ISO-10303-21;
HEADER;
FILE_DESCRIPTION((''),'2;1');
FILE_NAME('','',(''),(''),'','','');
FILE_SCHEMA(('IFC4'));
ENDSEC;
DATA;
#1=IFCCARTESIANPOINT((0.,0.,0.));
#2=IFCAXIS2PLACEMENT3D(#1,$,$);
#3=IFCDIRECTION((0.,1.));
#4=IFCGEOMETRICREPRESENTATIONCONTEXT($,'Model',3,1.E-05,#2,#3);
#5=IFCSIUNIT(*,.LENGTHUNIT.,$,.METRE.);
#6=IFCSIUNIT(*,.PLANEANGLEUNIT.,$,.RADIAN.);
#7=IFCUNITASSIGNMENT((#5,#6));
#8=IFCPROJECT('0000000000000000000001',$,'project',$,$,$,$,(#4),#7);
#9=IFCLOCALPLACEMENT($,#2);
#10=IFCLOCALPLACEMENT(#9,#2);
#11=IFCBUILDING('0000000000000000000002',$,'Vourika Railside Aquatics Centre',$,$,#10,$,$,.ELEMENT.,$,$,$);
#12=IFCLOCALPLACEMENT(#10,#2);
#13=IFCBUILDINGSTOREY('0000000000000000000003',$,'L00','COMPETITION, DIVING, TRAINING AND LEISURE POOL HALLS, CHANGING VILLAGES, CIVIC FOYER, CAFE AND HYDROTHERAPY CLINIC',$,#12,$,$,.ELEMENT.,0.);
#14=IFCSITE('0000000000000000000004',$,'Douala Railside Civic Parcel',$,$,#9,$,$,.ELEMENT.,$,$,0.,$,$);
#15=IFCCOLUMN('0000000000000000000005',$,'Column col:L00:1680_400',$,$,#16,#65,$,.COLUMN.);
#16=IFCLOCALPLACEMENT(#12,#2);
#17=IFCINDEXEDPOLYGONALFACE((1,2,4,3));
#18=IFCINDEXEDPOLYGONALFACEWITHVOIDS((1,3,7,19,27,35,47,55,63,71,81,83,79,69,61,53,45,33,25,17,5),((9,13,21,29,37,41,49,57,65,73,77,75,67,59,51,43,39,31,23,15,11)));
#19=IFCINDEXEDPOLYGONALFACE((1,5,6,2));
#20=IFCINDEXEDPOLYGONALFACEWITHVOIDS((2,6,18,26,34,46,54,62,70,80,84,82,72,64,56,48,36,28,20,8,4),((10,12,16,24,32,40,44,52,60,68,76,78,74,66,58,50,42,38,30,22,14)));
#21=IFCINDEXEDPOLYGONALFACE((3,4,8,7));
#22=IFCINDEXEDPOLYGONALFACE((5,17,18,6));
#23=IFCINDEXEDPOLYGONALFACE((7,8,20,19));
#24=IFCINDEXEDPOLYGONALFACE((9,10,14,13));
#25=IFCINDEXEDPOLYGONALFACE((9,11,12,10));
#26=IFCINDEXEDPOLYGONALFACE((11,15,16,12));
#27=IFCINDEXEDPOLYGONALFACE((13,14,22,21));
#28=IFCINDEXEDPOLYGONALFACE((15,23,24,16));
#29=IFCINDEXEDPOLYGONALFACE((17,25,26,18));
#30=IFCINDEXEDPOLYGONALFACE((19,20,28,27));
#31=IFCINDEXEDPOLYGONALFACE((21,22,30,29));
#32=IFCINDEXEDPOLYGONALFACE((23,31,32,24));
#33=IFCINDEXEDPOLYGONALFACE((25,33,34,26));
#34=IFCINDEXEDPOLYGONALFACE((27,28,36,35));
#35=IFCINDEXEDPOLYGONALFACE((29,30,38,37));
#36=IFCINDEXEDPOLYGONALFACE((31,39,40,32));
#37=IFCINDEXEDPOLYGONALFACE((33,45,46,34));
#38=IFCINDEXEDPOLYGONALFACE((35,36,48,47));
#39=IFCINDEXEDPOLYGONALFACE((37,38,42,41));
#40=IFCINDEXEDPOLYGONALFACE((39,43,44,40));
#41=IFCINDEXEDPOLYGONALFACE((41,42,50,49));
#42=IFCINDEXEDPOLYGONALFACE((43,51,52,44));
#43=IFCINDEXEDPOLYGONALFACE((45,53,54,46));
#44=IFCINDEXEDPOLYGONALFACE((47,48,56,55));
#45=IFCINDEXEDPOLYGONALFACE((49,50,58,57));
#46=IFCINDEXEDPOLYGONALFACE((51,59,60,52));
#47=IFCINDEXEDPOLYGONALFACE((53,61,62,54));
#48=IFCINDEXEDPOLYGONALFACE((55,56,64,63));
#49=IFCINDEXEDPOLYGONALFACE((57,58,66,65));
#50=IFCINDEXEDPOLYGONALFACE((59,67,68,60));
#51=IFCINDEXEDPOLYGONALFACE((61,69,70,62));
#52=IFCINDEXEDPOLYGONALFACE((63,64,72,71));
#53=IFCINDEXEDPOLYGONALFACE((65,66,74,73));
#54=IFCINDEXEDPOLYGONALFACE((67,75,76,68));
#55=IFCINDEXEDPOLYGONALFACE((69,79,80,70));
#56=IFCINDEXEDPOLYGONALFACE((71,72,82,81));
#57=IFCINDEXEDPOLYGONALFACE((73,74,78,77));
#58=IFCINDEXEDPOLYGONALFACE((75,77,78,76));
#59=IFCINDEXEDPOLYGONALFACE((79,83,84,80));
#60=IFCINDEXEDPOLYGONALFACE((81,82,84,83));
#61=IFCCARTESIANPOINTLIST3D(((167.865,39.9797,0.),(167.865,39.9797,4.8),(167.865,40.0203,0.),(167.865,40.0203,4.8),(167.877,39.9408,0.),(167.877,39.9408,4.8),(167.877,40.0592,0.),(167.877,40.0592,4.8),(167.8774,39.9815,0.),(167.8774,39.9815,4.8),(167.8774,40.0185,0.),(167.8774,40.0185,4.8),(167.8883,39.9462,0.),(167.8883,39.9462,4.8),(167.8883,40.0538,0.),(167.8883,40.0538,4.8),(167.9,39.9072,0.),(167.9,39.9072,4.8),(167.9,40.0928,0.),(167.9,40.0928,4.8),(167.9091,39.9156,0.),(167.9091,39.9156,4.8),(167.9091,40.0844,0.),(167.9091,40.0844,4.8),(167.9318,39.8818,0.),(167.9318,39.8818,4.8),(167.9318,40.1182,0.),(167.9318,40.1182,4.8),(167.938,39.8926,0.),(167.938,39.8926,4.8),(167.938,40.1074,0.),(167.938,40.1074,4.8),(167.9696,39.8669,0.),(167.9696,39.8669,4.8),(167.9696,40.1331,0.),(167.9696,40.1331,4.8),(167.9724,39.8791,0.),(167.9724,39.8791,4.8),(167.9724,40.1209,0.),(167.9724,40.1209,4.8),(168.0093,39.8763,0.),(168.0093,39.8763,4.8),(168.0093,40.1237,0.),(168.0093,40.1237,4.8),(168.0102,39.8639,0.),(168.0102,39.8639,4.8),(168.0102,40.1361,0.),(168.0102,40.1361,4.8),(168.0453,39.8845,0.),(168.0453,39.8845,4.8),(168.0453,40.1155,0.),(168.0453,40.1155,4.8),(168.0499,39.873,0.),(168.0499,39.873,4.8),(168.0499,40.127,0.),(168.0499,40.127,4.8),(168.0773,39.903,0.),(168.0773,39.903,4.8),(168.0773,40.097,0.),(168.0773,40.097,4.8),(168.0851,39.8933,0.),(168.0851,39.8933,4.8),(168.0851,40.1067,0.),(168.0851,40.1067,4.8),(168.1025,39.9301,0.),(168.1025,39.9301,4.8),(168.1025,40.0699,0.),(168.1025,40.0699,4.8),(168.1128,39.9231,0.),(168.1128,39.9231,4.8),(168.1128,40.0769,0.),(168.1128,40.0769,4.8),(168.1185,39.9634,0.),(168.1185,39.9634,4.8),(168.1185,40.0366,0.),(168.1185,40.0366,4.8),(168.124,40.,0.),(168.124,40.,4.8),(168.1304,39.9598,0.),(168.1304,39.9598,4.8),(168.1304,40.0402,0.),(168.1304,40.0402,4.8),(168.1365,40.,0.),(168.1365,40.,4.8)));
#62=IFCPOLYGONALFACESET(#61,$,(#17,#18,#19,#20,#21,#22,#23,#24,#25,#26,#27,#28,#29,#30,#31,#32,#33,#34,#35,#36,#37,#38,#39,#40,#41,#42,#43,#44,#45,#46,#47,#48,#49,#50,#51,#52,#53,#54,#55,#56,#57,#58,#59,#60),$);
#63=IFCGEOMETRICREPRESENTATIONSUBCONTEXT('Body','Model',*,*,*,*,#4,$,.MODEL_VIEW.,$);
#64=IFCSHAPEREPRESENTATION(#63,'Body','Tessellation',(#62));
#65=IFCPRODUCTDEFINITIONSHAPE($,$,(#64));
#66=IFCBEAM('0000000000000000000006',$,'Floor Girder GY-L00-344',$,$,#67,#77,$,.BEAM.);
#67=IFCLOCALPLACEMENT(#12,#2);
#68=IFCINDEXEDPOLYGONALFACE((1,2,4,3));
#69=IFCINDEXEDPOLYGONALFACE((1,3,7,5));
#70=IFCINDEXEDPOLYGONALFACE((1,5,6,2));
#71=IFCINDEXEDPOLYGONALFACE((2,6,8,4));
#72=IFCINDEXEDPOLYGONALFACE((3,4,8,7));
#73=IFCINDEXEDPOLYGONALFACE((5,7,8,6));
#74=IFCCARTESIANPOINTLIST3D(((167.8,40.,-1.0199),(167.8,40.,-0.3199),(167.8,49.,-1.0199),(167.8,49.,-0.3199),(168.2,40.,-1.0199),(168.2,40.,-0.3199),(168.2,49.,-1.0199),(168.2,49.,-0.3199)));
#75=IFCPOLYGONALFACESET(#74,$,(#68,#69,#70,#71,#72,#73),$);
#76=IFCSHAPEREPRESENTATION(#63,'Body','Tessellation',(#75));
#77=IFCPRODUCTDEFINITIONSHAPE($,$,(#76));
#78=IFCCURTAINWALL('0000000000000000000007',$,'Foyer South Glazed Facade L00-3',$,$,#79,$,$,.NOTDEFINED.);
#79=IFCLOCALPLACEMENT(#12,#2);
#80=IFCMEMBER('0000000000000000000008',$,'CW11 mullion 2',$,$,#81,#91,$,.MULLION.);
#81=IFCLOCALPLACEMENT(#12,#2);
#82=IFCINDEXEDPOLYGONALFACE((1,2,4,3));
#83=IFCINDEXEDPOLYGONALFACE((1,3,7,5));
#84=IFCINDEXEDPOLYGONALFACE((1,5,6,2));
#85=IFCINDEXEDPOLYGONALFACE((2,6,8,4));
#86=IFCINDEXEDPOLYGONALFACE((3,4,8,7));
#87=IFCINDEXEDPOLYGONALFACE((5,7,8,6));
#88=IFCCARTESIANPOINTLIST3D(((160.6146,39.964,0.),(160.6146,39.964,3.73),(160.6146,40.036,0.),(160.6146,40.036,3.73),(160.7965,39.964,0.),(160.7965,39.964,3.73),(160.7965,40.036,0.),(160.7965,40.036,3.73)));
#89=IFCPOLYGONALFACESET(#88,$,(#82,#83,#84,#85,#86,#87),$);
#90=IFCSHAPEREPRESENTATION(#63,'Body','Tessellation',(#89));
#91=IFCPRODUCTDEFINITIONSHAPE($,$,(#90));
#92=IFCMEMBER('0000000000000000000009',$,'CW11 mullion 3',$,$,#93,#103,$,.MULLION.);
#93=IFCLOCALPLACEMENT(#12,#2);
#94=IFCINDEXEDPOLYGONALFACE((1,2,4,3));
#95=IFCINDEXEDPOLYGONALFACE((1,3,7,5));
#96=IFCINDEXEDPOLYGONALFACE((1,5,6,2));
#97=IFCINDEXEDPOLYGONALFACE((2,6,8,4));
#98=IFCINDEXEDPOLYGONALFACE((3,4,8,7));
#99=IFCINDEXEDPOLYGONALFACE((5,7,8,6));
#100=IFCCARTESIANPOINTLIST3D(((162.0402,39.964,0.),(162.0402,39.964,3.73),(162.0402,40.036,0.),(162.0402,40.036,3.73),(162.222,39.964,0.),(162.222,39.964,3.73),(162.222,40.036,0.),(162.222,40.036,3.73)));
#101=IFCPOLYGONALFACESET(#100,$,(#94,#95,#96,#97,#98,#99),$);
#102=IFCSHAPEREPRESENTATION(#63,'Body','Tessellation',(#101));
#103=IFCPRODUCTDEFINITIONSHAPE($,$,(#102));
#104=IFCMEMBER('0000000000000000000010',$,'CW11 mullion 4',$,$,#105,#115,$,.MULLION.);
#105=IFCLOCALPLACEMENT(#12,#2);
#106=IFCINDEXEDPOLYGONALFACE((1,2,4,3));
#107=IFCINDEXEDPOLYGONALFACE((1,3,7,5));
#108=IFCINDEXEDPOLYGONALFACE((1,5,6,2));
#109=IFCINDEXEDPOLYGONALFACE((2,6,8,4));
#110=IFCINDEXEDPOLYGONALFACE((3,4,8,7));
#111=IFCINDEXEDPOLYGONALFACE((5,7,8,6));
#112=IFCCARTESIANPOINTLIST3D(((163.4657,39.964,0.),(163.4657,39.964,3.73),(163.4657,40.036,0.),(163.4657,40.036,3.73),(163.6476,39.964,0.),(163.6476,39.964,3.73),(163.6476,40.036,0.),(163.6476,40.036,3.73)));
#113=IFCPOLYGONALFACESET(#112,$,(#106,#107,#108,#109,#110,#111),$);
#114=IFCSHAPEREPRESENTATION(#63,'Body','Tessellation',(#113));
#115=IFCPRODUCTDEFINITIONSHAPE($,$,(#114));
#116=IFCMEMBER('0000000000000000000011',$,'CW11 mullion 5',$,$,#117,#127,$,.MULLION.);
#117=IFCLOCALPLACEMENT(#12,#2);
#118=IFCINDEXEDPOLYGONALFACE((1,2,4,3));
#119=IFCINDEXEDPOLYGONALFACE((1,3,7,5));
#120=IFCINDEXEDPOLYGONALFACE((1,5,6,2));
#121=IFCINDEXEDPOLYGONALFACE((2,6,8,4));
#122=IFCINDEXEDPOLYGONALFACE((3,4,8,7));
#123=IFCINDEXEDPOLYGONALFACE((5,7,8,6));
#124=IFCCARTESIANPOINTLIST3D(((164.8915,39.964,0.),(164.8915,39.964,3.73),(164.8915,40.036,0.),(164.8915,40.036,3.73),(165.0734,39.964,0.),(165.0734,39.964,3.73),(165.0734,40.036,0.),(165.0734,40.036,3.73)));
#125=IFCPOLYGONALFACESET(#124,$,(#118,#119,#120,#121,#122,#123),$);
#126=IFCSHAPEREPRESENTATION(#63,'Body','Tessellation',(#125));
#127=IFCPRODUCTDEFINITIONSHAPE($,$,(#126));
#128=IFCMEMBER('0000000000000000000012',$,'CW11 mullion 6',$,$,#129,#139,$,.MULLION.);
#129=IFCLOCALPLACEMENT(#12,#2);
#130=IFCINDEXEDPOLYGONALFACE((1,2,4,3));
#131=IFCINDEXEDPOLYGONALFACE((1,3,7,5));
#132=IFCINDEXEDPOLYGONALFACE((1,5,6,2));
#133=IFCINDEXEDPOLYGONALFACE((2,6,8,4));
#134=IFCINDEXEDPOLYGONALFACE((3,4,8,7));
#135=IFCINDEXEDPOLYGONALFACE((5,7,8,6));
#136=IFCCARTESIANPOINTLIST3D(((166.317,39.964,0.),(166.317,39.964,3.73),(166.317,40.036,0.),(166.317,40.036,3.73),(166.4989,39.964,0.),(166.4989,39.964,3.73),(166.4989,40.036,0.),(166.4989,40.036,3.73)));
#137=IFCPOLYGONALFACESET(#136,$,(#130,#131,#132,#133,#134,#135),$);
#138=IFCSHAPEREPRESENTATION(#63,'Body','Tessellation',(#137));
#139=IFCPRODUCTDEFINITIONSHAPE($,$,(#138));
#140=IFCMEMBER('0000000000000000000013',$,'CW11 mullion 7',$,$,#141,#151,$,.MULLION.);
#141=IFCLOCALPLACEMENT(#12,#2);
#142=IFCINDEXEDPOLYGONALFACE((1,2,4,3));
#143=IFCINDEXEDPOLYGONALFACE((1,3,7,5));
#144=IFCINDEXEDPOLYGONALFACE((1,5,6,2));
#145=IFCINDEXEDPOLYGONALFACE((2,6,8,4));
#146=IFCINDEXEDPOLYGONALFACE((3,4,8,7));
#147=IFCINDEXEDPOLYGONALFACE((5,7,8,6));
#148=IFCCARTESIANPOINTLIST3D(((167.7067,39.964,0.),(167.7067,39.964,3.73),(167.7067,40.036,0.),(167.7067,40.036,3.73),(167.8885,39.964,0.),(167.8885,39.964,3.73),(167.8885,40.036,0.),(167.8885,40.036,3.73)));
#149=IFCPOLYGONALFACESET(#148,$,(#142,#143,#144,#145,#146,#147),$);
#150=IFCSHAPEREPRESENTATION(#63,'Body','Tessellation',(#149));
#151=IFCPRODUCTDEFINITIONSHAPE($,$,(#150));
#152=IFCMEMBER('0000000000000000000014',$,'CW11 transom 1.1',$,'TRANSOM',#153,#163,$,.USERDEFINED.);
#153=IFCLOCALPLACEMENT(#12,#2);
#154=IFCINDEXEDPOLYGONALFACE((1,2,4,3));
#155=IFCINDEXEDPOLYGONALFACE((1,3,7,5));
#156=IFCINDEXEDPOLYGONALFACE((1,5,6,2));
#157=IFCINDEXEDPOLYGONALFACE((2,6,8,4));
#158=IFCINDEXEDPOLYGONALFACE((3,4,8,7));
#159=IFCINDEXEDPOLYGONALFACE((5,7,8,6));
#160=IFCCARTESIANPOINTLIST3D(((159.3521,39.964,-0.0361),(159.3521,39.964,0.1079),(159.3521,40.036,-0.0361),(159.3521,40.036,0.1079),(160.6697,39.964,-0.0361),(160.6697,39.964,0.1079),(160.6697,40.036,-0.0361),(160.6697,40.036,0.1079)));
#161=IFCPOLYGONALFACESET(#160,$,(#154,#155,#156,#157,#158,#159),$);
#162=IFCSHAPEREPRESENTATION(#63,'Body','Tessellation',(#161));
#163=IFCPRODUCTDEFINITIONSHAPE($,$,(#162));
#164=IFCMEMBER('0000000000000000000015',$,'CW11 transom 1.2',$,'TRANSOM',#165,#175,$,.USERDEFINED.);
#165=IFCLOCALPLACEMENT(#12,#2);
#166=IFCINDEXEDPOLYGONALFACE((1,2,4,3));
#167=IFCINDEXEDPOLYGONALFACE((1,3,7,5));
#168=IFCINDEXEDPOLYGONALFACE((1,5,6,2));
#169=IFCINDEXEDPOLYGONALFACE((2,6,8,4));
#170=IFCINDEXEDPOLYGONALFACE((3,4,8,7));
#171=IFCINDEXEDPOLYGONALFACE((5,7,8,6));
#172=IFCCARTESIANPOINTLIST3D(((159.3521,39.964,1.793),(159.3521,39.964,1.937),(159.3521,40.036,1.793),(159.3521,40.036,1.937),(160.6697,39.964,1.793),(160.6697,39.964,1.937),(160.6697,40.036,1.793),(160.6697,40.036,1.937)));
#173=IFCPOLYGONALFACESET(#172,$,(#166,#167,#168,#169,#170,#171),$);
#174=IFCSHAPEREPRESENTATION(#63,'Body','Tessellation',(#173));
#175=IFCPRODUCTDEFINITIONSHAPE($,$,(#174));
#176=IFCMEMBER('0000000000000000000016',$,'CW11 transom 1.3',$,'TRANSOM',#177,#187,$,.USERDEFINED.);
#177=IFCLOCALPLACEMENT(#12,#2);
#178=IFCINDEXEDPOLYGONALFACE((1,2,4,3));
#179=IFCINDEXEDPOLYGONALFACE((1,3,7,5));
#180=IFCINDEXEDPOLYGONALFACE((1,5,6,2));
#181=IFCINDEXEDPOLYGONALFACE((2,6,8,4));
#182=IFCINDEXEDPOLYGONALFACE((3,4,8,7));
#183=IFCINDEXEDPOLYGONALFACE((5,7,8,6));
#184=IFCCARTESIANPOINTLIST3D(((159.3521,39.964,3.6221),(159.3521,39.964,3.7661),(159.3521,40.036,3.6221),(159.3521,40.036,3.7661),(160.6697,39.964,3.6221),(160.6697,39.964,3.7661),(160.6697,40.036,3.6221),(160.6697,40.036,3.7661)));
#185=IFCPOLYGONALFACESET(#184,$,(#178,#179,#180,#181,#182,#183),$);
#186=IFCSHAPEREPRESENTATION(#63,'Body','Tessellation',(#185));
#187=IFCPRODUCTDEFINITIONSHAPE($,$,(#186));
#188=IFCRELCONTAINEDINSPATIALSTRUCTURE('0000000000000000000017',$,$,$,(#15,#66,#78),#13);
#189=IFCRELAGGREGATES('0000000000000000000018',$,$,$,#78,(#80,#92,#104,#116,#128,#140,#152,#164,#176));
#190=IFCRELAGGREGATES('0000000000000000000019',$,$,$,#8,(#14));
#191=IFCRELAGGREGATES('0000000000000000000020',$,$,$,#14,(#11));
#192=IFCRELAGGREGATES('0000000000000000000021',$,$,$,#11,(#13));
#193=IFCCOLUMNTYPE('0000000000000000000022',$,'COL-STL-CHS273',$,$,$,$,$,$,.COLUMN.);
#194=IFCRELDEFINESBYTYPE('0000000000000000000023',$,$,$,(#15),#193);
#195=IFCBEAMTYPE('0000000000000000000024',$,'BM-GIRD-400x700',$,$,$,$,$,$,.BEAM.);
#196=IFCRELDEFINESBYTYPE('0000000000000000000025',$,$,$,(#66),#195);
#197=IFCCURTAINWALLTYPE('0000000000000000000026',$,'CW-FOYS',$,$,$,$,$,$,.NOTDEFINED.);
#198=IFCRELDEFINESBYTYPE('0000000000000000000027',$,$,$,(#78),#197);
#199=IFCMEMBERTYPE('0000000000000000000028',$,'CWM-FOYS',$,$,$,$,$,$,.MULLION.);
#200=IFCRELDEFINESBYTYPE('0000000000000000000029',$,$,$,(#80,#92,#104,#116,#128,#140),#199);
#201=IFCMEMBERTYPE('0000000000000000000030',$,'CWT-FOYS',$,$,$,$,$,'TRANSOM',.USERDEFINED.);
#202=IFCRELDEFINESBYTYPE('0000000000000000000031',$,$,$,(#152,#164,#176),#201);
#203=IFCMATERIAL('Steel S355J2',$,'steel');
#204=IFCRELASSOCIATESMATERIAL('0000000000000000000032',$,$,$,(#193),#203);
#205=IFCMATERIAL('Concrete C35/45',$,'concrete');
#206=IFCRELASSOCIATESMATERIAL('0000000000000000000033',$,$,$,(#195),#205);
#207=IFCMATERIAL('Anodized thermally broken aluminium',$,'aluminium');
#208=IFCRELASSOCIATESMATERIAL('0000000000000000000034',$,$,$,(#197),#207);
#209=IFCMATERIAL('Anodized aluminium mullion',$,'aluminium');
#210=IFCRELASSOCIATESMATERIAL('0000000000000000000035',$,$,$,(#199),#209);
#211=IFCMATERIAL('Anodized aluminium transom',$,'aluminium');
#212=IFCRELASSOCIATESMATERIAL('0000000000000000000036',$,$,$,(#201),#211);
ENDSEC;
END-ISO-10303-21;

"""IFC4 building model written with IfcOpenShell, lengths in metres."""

from ifc_helpers import new_model, si_unit, direction, frame, origin, origin_2d, place, context, subcontext, project, spatial, rectangle, hollow_circle, extrude, material, material_profile, profile_set, type_object, element, aggregate, save


model = new_model("IFC4")

# Units and contexts
model_context = context("Model", 3, precision=1e-05, world=origin(), true_north=direction((0.0, 1.0)))
body_context = subcontext(model_context, "Body", "Model", "MODEL_VIEW")
ifc_project = project(units=[si_unit("LENGTHUNIT", "METRE"), si_unit("PLANEANGLEUNIT", "RADIAN")], contexts=[model_context])

# Site, building, storey
site_placement = place(None, origin())
site = spatial("IfcSite", under=ifc_project, at=site_placement, Name="Douala Railside Civic Parcel", CompositionType="ELEMENT", RefElevation=0.0)
building_placement = place(site_placement, origin())
building = spatial("IfcBuilding", under=site, at=building_placement, Name="Vourika Railside Aquatics Centre", CompositionType="ELEMENT")
storey_placement = place(building_placement, origin())
storey = spatial("IfcBuildingStorey", under=building, at=storey_placement, Name="L00", Description="COMPETITION, DIVING, TRAINING AND LEISURE POOL HALLS, CHANGING VILLAGES, CIVIC FOYER, CAFE AND HYDROTHERAPY CLINIC", CompositionType="ELEMENT", Elevation=0.0)

# Column
ifc_material_1 = material(Name="Steel S355J2", Category="steel")
ifc_material_profile_1 = material_profile(ifc_material_1, hollow_circle(Radius=0.1365, WallThickness=0.0125, at=origin_2d()), Name="CHS 273x12.5")
ifc_profile_set_1 = profile_set([ifc_material_profile_1], Name="Steel S355J2")
column_type = type_object("IfcColumnType", Name="COL-STL-CHS273", PredefinedType="COLUMN", material=ifc_profile_set_1)
column_placement = place(storey_placement, frame((168.0, 40.0, 0.0), z_axis=(0.0, 0.0, 1.0), x_axis=(1.0, 0.0, 0.0)))
element("IfcColumn", 1, at=column_placement, inside=storey, type_object=column_type, Name="Column col:L00:1680_400", PredefinedType="COLUMN", context=body_context, shape_type="SweptSolid", body=[
    extrude(hollow_circle(Radius=0.1365, WallThickness=0.0125, at=origin_2d()), origin(), (0.0, 0.0, 1.0), 4.8),
])

# Beam
ifc_material_2 = material(Name="Concrete C35/45", Category="concrete")
ifc_material_profile_2 = material_profile(ifc_material_2, rectangle(XDim=0.3999, YDim=0.7, at=origin_2d()), Name="RC 400x700")
ifc_profile_set_2 = profile_set([ifc_material_profile_2], Name="Concrete C35/45")
beam_type = type_object("IfcBeamType", Name="BM-GIRD-400x700", PredefinedType="BEAM", material=ifc_profile_set_2)
beam_placement = place(storey_placement, frame((168.0, 40.0, -0.6699), z_axis=(0.0, 1.0, 0.0), x_axis=(-1.0, 0.0, 0.0)))
element("IfcBeam", 2, at=beam_placement, inside=storey, type_object=beam_type, Name="Floor Girder GY-L00-344", PredefinedType="BEAM", context=body_context, shape_type="SweptSolid", body=[
    extrude(rectangle(XDim=0.3999, YDim=0.7, at=origin_2d()), origin(), (0.0, 0.0, 1.0), 9.0),
])

# Curtain wall, members
ifc_material_3 = material(Name="Anodized thermally broken aluminium", Category="aluminium")
curtain_wall_type = type_object("IfcCurtainWallType", Name="CW-FOYS", PredefinedType="NOTDEFINED", material=ifc_material_3)
curtain_wall_placement = place(storey_placement, origin())
curtain_wall = element("IfcCurtainWall", 3, at=curtain_wall_placement, inside=storey, type_object=curtain_wall_type, Name="Foyer South Glazed Facade L00-3", PredefinedType="NOTDEFINED")
ifc_material_4 = material(Name="Anodized aluminium mullion", Category="aluminium")
ifc_material_profile_3 = material_profile(ifc_material_4, rectangle(XDim=0.072, YDim=0.1819, at=origin_2d()), Name="ALU-M 72x182")
ifc_profile_set_3 = profile_set([ifc_material_profile_3], Name="Anodized aluminium mullion")
member_type_1 = type_object("IfcMemberType", Name="CWM-FOYS", PredefinedType="MULLION", material=ifc_profile_set_3)
member_1_placement = place(storey_placement, frame((160.7056, 40.0, 0.0), z_axis=(0.0, 0.0, 1.0), x_axis=(0.0, 1.0, 0.0)))
member_1 = element("IfcMember", 4, at=member_1_placement, type_object=member_type_1, Name="CW11 mullion 2", PredefinedType="MULLION", context=body_context, shape_type="SweptSolid", body=[
    extrude(rectangle(XDim=0.072, YDim=0.1819, at=origin_2d()), origin(), (0.0, 0.0, 1.0), 3.73),
])
member_2_placement = place(storey_placement, frame((162.1311, 40.0, 0.0), z_axis=(0.0, 0.0, 1.0), x_axis=(0.0, 1.0, 0.0)))
member_2 = element("IfcMember", 5, at=member_2_placement, type_object=member_type_1, Name="CW11 mullion 3", PredefinedType="MULLION", context=body_context, shape_type="SweptSolid", body=[
    extrude(rectangle(XDim=0.072, YDim=0.1819, at=origin_2d()), origin(), (0.0, 0.0, 1.0), 3.73),
])
member_3_placement = place(storey_placement, frame((163.5566, 40.0, 0.0), z_axis=(0.0, 0.0, 1.0), x_axis=(0.0, 1.0, 0.0)))
member_3 = element("IfcMember", 6, at=member_3_placement, type_object=member_type_1, Name="CW11 mullion 4", PredefinedType="MULLION", context=body_context, shape_type="SweptSolid", body=[
    extrude(rectangle(XDim=0.072, YDim=0.1819, at=origin_2d()), origin(), (0.0, 0.0, 1.0), 3.73),
])
member_4_placement = place(storey_placement, frame((164.9824, 40.0, 0.0), z_axis=(0.0, 0.0, 1.0), x_axis=(0.0, 1.0, 0.0)))
member_4 = element("IfcMember", 7, at=member_4_placement, type_object=member_type_1, Name="CW11 mullion 5", PredefinedType="MULLION", context=body_context, shape_type="SweptSolid", body=[
    extrude(rectangle(XDim=0.072, YDim=0.1819, at=origin_2d()), origin(), (0.0, 0.0, 1.0), 3.73),
])
member_5_placement = place(storey_placement, frame((166.408, 40.0, 0.0), z_axis=(0.0, 0.0, 1.0), x_axis=(0.0, 1.0, 0.0)))
member_5 = element("IfcMember", 8, at=member_5_placement, type_object=member_type_1, Name="CW11 mullion 6", PredefinedType="MULLION", context=body_context, shape_type="SweptSolid", body=[
    extrude(rectangle(XDim=0.072, YDim=0.1819, at=origin_2d()), origin(), (0.0, 0.0, 1.0), 3.73),
])
member_6_placement = place(storey_placement, frame((167.7976, 40.0, 0.0), z_axis=(0.0, 0.0, 1.0), x_axis=(0.0, 1.0, 0.0)))
member_6 = element("IfcMember", 9, at=member_6_placement, type_object=member_type_1, Name="CW11 mullion 7", PredefinedType="MULLION", context=body_context, shape_type="SweptSolid", body=[
    extrude(rectangle(XDim=0.072, YDim=0.1819, at=origin_2d()), origin(), (0.0, 0.0, 1.0), 3.73),
])
ifc_material_5 = material(Name="Anodized aluminium transom", Category="aluminium")
ifc_material_profile_4 = material_profile(ifc_material_5, rectangle(XDim=0.072, YDim=0.144, at=origin_2d()), Name="ALU-T 72x144")
ifc_profile_set_4 = profile_set([ifc_material_profile_4], Name="Anodized aluminium transom")
member_type_2 = type_object("IfcMemberType", Name="CWT-FOYS", ElementType="TRANSOM", PredefinedType="USERDEFINED", material=ifc_profile_set_4)
member_7_placement = place(storey_placement, frame((159.3521, 40.0, 0.0359), z_axis=(1.0, 0.0, 0.0), x_axis=(0.0, 1.0, 0.0)))
member_7 = element("IfcMember", 10, at=member_7_placement, type_object=member_type_2, Name="CW11 transom 1.1", ObjectType="TRANSOM", PredefinedType="USERDEFINED", context=body_context, shape_type="SweptSolid", body=[
    extrude(rectangle(XDim=0.072, YDim=0.144, at=origin_2d()), origin(), (0.0, 0.0, 1.0), 1.3176),
])
member_8_placement = place(storey_placement, frame((159.3521, 40.0, 1.865), z_axis=(1.0, 0.0, 0.0), x_axis=(0.0, 1.0, 0.0)))
member_8 = element("IfcMember", 11, at=member_8_placement, type_object=member_type_2, Name="CW11 transom 1.2", ObjectType="TRANSOM", PredefinedType="USERDEFINED", context=body_context, shape_type="SweptSolid", body=[
    extrude(rectangle(XDim=0.072, YDim=0.144, at=origin_2d()), origin(), (0.0, 0.0, 1.0), 1.3176),
])
member_9_placement = place(storey_placement, frame((159.3521, 40.0, 3.6941), z_axis=(1.0, 0.0, 0.0), x_axis=(0.0, 1.0, 0.0)))
member_9 = element("IfcMember", 12, at=member_9_placement, type_object=member_type_2, Name="CW11 transom 1.3", ObjectType="TRANSOM", PredefinedType="USERDEFINED", context=body_context, shape_type="SweptSolid", body=[
    extrude(rectangle(XDim=0.072, YDim=0.144, at=origin_2d()), origin(), (0.0, 0.0, 1.0), 1.3176),
])
aggregate(curtain_wall, [member_1, member_2, member_3, member_4, member_5, member_6, member_7, member_8, member_9])

save(model, "model.ifc")
